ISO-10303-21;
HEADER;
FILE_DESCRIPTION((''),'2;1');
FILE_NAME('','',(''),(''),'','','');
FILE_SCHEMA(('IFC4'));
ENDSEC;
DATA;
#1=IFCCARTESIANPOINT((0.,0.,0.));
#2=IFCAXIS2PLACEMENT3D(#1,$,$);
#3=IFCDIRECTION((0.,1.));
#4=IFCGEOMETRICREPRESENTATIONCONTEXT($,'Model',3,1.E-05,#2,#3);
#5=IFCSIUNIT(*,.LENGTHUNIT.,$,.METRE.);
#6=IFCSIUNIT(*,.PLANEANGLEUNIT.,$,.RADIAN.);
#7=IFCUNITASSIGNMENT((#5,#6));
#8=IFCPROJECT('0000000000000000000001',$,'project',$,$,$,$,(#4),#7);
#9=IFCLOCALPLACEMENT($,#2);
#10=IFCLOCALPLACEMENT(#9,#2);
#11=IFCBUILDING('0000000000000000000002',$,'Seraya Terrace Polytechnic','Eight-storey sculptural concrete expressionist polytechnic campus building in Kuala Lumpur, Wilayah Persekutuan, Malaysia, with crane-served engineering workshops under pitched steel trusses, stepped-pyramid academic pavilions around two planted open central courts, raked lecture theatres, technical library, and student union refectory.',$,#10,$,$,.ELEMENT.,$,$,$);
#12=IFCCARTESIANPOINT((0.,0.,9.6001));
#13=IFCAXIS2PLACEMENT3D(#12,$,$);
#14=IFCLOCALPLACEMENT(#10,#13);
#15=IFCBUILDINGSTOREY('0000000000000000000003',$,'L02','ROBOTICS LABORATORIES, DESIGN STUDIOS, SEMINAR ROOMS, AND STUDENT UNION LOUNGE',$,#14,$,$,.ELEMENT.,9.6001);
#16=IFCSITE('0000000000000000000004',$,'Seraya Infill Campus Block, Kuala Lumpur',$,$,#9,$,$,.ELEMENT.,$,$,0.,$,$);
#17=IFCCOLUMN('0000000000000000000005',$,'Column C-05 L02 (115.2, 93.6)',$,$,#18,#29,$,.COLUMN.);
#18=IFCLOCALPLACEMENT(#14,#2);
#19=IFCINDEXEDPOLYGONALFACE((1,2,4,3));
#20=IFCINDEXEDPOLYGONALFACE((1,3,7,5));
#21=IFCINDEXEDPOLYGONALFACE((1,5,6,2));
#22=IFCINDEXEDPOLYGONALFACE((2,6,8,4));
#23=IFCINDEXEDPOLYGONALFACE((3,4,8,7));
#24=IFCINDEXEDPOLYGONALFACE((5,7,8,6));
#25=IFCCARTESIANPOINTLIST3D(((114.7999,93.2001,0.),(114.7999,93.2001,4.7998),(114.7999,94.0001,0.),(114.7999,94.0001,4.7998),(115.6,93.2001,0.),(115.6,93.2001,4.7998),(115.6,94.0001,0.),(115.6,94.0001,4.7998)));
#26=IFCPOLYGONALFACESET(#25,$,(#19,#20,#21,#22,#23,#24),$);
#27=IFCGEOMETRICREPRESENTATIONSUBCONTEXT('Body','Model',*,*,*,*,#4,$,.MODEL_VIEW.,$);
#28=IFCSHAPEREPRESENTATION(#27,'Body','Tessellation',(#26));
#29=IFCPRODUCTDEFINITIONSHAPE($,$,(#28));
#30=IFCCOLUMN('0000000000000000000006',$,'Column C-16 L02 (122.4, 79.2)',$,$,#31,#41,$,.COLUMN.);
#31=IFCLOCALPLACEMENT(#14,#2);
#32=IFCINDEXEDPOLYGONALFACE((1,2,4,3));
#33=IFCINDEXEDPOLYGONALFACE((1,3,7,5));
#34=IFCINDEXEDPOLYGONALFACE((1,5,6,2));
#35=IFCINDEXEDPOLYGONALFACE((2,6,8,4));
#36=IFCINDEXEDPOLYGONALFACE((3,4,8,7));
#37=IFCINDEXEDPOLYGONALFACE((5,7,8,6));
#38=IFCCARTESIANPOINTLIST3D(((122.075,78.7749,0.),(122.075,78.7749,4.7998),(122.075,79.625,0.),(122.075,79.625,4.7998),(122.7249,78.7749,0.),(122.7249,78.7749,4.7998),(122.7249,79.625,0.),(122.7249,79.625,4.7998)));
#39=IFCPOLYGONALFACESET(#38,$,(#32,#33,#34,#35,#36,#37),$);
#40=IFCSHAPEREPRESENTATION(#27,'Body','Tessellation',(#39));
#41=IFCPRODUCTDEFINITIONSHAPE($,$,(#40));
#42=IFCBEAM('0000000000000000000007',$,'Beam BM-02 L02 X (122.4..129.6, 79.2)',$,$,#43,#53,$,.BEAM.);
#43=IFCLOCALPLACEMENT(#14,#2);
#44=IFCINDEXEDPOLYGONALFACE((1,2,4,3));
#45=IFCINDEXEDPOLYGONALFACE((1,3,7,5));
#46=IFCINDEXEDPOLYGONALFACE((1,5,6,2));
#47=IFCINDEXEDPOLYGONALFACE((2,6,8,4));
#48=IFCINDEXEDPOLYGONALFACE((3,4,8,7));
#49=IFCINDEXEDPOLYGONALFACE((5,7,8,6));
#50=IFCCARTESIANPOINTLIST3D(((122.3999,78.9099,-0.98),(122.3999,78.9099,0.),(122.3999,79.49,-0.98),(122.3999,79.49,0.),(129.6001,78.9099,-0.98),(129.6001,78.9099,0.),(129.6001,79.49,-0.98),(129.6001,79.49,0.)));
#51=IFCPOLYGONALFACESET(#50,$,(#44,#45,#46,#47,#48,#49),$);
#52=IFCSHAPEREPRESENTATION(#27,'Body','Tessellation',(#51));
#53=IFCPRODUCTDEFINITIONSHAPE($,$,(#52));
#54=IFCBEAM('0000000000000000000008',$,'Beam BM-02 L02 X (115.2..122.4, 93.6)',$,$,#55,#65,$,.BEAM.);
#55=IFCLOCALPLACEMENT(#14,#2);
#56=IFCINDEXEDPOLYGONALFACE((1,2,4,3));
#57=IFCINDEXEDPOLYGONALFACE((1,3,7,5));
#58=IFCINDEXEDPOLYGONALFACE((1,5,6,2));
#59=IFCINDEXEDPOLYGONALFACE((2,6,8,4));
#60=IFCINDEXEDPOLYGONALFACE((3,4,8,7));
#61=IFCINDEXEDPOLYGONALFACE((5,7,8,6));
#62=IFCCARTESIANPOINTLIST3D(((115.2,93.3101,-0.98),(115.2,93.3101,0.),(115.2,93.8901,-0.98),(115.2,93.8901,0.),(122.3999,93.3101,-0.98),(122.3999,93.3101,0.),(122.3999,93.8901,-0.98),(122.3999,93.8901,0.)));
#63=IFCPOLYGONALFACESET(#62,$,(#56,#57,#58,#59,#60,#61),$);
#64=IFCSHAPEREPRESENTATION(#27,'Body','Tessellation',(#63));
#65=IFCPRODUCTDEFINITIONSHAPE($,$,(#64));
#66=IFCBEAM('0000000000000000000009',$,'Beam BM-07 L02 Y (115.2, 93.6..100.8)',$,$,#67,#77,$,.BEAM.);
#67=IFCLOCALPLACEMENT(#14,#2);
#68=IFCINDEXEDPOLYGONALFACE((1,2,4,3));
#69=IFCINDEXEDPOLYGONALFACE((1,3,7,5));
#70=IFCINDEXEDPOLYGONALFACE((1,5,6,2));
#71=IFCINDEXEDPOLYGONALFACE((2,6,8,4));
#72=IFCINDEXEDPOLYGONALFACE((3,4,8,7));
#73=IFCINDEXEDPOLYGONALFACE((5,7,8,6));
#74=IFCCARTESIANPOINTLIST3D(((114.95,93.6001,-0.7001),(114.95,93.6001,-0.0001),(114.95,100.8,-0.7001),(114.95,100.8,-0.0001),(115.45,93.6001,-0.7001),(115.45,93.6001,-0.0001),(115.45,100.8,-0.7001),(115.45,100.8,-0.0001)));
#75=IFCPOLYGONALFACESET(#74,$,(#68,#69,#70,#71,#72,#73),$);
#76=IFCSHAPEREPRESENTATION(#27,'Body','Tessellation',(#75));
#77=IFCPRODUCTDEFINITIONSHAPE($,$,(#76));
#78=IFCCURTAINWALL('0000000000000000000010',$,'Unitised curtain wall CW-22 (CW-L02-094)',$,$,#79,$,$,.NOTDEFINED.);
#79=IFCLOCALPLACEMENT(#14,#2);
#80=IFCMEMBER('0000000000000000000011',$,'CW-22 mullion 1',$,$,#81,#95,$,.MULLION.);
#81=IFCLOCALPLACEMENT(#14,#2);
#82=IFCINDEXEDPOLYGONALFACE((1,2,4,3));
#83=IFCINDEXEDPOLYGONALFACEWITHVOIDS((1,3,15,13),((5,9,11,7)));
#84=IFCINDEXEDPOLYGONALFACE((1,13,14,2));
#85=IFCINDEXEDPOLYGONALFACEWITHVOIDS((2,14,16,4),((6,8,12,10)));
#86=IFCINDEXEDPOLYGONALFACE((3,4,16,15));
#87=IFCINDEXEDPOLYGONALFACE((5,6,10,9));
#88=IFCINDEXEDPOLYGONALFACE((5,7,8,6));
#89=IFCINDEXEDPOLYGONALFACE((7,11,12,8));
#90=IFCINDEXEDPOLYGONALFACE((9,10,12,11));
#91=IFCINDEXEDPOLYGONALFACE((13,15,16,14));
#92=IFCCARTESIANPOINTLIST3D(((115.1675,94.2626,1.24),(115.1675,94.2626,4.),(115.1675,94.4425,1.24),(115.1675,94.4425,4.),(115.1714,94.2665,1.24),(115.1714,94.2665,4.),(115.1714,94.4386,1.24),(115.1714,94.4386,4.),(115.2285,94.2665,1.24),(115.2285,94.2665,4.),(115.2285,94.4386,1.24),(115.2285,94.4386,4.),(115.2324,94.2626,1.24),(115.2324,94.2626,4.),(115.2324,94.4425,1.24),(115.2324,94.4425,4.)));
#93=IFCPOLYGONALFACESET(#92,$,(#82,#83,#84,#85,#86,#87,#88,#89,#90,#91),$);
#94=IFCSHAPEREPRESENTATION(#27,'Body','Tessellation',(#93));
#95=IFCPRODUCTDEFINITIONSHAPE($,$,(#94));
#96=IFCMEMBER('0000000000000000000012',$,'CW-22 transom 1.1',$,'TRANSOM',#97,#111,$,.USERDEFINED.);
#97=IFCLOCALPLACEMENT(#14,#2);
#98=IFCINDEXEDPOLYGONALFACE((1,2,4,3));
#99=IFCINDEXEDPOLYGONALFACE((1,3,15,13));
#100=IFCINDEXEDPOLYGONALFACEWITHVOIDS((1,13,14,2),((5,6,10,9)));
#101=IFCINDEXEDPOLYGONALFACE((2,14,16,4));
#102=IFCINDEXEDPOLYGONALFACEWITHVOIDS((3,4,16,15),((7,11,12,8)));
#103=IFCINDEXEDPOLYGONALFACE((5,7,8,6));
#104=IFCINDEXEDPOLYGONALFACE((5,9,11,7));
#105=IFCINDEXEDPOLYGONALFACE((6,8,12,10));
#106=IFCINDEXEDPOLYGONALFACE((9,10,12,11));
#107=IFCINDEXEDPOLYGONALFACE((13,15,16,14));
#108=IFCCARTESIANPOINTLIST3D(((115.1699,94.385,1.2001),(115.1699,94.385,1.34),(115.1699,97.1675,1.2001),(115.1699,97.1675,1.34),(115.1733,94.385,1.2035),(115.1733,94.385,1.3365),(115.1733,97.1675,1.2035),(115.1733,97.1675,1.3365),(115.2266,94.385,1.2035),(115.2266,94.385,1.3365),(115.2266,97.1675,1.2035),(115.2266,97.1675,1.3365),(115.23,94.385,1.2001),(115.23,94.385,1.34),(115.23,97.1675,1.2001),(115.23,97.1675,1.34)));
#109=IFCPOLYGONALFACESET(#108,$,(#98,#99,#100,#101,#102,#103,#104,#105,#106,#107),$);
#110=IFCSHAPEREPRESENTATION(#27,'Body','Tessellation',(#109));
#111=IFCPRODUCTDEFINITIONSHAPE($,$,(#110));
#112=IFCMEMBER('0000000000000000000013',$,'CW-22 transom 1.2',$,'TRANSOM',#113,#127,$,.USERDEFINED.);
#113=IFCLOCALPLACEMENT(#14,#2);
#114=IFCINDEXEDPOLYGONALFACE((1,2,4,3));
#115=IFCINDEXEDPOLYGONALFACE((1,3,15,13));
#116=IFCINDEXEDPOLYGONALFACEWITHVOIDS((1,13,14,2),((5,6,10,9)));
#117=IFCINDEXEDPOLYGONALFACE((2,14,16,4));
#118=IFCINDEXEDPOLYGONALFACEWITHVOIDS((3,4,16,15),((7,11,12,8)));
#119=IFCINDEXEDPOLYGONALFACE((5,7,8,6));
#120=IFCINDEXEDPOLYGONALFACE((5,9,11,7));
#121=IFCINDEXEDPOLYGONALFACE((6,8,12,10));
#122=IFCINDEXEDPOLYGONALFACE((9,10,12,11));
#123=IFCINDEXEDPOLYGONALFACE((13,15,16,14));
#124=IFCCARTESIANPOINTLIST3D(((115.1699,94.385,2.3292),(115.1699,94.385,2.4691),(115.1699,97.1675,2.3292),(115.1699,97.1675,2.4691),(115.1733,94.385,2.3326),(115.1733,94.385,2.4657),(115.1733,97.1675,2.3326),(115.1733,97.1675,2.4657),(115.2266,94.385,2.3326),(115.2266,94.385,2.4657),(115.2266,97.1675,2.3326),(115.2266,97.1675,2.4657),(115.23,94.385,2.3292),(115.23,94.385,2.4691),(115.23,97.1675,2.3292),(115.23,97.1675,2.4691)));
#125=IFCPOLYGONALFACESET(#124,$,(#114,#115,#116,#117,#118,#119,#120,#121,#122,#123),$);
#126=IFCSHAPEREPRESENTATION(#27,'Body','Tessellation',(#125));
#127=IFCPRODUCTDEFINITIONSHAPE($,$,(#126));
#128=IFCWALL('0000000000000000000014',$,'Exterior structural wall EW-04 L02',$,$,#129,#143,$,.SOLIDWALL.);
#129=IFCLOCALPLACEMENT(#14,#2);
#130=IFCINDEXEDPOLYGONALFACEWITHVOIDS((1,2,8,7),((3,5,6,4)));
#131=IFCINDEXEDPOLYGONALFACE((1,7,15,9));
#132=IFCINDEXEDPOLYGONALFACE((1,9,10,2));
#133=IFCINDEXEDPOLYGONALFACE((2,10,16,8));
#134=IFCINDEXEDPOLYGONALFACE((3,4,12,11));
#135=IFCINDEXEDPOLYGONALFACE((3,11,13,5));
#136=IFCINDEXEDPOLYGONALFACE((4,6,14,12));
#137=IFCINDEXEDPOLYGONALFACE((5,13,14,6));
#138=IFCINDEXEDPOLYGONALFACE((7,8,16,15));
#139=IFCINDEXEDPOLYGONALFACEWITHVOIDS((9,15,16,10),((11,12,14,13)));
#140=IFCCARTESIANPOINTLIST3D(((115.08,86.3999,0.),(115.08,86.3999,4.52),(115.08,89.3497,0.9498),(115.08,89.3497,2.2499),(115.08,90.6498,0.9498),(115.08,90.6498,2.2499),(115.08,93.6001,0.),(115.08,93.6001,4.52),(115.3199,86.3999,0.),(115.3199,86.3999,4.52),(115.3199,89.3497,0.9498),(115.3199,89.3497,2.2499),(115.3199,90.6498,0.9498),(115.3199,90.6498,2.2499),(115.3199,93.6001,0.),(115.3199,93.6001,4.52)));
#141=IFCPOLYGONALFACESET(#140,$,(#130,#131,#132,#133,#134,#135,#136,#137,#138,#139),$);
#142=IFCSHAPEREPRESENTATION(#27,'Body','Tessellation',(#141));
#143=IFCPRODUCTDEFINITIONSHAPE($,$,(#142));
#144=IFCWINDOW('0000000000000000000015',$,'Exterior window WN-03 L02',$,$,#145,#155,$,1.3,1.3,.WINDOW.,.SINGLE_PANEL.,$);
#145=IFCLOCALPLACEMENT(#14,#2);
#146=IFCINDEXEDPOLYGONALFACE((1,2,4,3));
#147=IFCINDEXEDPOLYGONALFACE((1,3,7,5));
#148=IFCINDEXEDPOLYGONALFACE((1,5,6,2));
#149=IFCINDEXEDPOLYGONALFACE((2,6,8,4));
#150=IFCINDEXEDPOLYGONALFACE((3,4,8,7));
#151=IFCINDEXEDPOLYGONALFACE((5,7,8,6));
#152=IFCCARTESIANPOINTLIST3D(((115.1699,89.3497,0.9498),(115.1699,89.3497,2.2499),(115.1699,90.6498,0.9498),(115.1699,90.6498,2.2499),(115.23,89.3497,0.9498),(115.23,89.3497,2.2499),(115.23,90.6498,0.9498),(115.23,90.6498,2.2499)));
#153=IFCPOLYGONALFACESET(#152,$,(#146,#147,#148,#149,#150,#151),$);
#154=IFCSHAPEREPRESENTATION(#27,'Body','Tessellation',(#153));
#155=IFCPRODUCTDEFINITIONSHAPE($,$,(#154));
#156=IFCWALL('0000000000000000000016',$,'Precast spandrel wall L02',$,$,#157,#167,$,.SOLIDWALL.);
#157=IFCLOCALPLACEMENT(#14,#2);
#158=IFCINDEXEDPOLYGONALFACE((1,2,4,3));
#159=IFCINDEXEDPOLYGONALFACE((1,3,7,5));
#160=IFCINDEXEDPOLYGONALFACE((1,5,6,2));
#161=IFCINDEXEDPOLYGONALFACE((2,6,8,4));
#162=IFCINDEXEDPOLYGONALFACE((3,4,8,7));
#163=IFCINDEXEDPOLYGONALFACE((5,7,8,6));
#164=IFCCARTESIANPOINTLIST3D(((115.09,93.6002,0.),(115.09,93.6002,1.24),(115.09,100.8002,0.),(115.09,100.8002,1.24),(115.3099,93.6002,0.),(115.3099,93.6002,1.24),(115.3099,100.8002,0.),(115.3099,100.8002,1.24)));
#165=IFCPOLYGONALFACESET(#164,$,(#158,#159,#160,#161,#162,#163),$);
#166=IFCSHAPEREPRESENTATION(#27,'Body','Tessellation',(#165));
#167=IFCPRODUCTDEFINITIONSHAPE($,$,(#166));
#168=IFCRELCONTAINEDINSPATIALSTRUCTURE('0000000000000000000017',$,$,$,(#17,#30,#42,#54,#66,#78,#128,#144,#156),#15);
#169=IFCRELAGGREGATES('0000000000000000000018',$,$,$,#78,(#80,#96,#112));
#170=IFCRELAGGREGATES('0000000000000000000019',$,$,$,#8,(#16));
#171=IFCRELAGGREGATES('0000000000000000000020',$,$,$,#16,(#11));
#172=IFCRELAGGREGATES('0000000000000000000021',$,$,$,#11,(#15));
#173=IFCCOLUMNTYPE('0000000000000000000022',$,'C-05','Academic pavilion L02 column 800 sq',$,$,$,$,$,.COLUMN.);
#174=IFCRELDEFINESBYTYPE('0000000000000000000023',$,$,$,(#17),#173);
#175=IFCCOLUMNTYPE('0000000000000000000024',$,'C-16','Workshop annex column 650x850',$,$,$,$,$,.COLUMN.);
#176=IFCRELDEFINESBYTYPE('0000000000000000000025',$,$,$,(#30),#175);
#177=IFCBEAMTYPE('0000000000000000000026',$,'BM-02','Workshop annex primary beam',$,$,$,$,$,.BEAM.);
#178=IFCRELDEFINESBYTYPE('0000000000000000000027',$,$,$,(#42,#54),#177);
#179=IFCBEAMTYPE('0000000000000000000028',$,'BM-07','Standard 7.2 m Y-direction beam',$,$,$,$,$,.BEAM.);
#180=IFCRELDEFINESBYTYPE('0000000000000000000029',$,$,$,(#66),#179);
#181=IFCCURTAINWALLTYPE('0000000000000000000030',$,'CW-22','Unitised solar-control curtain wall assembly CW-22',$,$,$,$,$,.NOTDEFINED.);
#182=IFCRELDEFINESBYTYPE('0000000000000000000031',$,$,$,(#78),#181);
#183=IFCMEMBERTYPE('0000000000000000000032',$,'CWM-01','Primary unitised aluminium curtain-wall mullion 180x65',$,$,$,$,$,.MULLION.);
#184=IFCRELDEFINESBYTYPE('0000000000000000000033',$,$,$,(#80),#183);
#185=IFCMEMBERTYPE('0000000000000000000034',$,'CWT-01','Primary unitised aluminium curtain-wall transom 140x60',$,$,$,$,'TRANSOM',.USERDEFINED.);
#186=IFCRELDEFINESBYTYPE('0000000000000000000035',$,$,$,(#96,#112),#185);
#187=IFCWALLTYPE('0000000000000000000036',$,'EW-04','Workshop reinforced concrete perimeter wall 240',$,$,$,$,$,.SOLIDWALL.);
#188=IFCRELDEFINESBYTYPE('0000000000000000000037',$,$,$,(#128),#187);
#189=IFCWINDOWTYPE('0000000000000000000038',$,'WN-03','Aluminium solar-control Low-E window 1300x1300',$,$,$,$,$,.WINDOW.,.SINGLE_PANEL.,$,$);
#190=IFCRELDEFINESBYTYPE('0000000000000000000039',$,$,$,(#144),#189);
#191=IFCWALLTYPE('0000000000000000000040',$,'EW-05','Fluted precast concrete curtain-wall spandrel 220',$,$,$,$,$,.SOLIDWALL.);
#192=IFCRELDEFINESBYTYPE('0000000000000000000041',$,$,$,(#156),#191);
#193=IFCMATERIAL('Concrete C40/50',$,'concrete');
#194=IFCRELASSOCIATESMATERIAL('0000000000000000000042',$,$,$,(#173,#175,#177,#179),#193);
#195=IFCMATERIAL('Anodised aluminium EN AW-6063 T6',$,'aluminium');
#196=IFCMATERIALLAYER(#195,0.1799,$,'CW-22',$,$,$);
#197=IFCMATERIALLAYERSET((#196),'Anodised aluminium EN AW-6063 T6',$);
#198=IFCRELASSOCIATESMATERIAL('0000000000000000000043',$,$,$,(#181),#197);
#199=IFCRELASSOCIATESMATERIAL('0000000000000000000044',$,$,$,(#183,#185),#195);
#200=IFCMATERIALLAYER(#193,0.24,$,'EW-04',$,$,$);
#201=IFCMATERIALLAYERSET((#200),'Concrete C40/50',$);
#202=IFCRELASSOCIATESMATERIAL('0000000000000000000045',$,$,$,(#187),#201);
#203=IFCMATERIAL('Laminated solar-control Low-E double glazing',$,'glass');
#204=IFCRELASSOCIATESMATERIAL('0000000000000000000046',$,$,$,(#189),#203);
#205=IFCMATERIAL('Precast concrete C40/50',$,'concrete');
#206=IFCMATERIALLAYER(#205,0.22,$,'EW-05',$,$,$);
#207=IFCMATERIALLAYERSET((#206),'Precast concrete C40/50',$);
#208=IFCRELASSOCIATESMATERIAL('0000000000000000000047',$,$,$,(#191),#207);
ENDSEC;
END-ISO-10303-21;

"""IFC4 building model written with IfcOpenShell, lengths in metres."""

from ifc_helpers import new_model, si_unit, direction, frame, frame_2d, origin, origin_2d, place, context, subcontext, project, spatial, rectangle, hollow_rectangle, extrude, material, layer, layer_set, material_profile, profile_set, type_object, element, fill, aggregate, save


model = new_model("IFC4")

# Units and contexts
model_context = context("Model", 3, precision=1e-05, world=origin(), true_north=direction((0.0, 1.0)))
body_context = subcontext(model_context, "Body", "Model", "MODEL_VIEW")
ifc_project = project(units=[si_unit("LENGTHUNIT", "METRE"), si_unit("PLANEANGLEUNIT", "RADIAN")], contexts=[model_context])

# Site, building, storey
site_placement = place(None, origin())
site = spatial("IfcSite", under=ifc_project, at=site_placement, Name="Seraya Infill Campus Block, Kuala Lumpur", CompositionType="ELEMENT", RefElevation=0.0)
building_placement = place(site_placement, origin())
building = spatial("IfcBuilding", under=site, at=building_placement, Name="Seraya Terrace Polytechnic", Description="Eight-storey sculptural concrete expressionist polytechnic campus building in Kuala Lumpur, Wilayah Persekutuan, Malaysia, with crane-served engineering workshops under pitched steel trusses, stepped-pyramid academic pavilions around two planted open central courts, raked lecture theatres, technical library, and student union refectory.", CompositionType="ELEMENT")
storey_placement = place(building_placement, frame((0.0, 0.0, 9.6001)))
storey = spatial("IfcBuildingStorey", under=building, at=storey_placement, Name="L02", Description="ROBOTICS LABORATORIES, DESIGN STUDIOS, SEMINAR ROOMS, AND STUDENT UNION LOUNGE", CompositionType="ELEMENT", Elevation=9.6001)

# Columns
ifc_material_1 = material(Name="Concrete C40/50", Category="concrete")
ifc_material_profile_1 = material_profile(ifc_material_1, rectangle(XDim=0.8, YDim=0.8, at=origin_2d()), Name="RC 800x800")
ifc_profile_set_1 = profile_set([ifc_material_profile_1], Name="Concrete C40/50")
column_type_1 = type_object("IfcColumnType", Name="C-05", Description="Academic pavilion L02 column 800 sq", PredefinedType="COLUMN", material=ifc_profile_set_1)
column_1_placement = place(storey_placement, frame((115.2, 93.6001, 0.0), z_axis=(0.0, 0.0, 1.0), x_axis=(1.0, 0.0, 0.0)))
element("IfcColumn", 1, at=column_1_placement, inside=storey, type_object=column_type_1, Name="Column C-05 L02 (115.2, 93.6)", PredefinedType="COLUMN", context=body_context, shape_type="SweptSolid", body=[
    extrude(rectangle(XDim=0.8, YDim=0.8, at=origin_2d()), origin(), (0.0, 0.0, 1.0), 4.7998),
])
ifc_material_profile_2 = material_profile(ifc_material_1, rectangle(XDim=0.6499, YDim=0.8501, at=origin_2d()), Name="RC 650x850")
ifc_profile_set_2 = profile_set([ifc_material_profile_2], Name="Concrete C40/50")
column_type_2 = type_object("IfcColumnType", Name="C-16", Description="Workshop annex column 650x850", PredefinedType="COLUMN", material=ifc_profile_set_2)
column_2_placement = place(storey_placement, frame((122.3999, 79.2, 0.0), z_axis=(0.0, 0.0, 1.0), x_axis=(1.0, 0.0, 0.0)))
element("IfcColumn", 2, at=column_2_placement, inside=storey, type_object=column_type_2, Name="Column C-16 L02 (122.4, 79.2)", PredefinedType="COLUMN", context=body_context, shape_type="SweptSolid", body=[
    extrude(rectangle(XDim=0.6499, YDim=0.8501, at=origin_2d()), origin(), (0.0, 0.0, 1.0), 4.7998),
])

# Beams
ifc_material_profile_3 = material_profile(ifc_material_1, rectangle(XDim=0.5801, YDim=0.98, at=origin_2d()), Name="RC 580x980")
ifc_profile_set_3 = profile_set([ifc_material_profile_3], Name="Concrete C40/50")
beam_type_1 = type_object("IfcBeamType", Name="BM-02", Description="Workshop annex primary beam", PredefinedType="BEAM", material=ifc_profile_set_3)
beam_1_placement = place(storey_placement, frame((122.3999, 79.2, -0.49), z_axis=(1.0, 0.0, 0.0), x_axis=(0.0, 1.0, 0.0)))
element("IfcBeam", 3, at=beam_1_placement, inside=storey, type_object=beam_type_1, Name="Beam BM-02 L02 X (122.4..129.6, 79.2)", PredefinedType="BEAM", context=body_context, shape_type="SweptSolid", body=[
    extrude(rectangle(XDim=0.5801, YDim=0.98, at=origin_2d()), origin(), (0.0, 0.0, 1.0), 7.2002),
])
beam_2_placement = place(storey_placement, frame((115.2, 93.6001, -0.49), z_axis=(1.0, 0.0, 0.0), x_axis=(0.0, 1.0, 0.0)))
element("IfcBeam", 4, at=beam_2_placement, inside=storey, type_object=beam_type_1, Name="Beam BM-02 L02 X (115.2..122.4, 93.6)", PredefinedType="BEAM", context=body_context, shape_type="SweptSolid", body=[
    extrude(rectangle(XDim=0.5801, YDim=0.98, at=origin_2d()), origin(), (0.0, 0.0, 1.0), 7.2),
])
ifc_material_profile_4 = material_profile(ifc_material_1, rectangle(XDim=0.5, YDim=0.7, at=origin_2d()), Name="RC 500x700")
ifc_profile_set_4 = profile_set([ifc_material_profile_4], Name="Concrete C40/50")
beam_type_2 = type_object("IfcBeamType", Name="BM-07", Description="Standard 7.2 m Y-direction beam", PredefinedType="BEAM", material=ifc_profile_set_4)
beam_3_placement = place(storey_placement, frame((115.2, 93.6001, -0.3501), z_axis=(0.0, 1.0, 0.0), x_axis=(-1.0, 0.0, 0.0)))
element("IfcBeam", 5, at=beam_3_placement, inside=storey, type_object=beam_type_2, Name="Beam BM-07 L02 Y (115.2, 93.6..100.8)", PredefinedType="BEAM", context=body_context, shape_type="SweptSolid", body=[
    extrude(rectangle(XDim=0.5, YDim=0.7, at=origin_2d()), origin(), (0.0, 0.0, 1.0), 7.2),
])

# Curtain wall, members
ifc_material_2 = material(Name="Anodised aluminium EN AW-6063 T6", Category="aluminium")
ifc_layer_1 = layer(ifc_material_2, 0.1799, Name="CW-22")
ifc_layer_set_1 = layer_set([ifc_layer_1], Name="Anodised aluminium EN AW-6063 T6")
curtain_wall_type = type_object("IfcCurtainWallType", Name="CW-22", Description="Unitised solar-control curtain wall assembly CW-22", PredefinedType="NOTDEFINED", material=ifc_layer_set_1)
curtain_wall_placement = place(storey_placement, origin())
curtain_wall = element("IfcCurtainWall", 6, at=curtain_wall_placement, inside=storey, type_object=curtain_wall_type, Name="Unitised curtain wall CW-22 (CW-L02-094)", PredefinedType="NOTDEFINED")
ifc_material_profile_5 = material_profile(ifc_material_2, hollow_rectangle(XDim=0.0649, YDim=0.1799, WallThickness=0.0039, at=origin_2d()), Name="RHS 180x65x4.0")
ifc_profile_set_5 = profile_set([ifc_material_profile_5], Name="Anodised aluminium EN AW-6063 T6")
member_type_1 = type_object("IfcMemberType", Name="CWM-01", Description="Primary unitised aluminium curtain-wall mullion 180x65", PredefinedType="MULLION", material=ifc_profile_set_5)
member_1_placement = place(storey_placement, frame((115.2, 94.3525, 1.24), z_axis=(0.0, 0.0, 1.0), x_axis=(-1.0, 0.0, 0.0)))
member_1 = element("IfcMember", 7, at=member_1_placement, type_object=member_type_1, Name="CW-22 mullion 1", PredefinedType="MULLION", context=body_context, shape_type="SweptSolid", body=[
    extrude(hollow_rectangle(XDim=0.0649, YDim=0.1799, WallThickness=0.0039, at=origin_2d()), origin(), (0.0, 0.0, 1.0), 2.76),
])
ifc_material_profile_6 = material_profile(ifc_material_2, hollow_rectangle(XDim=0.0601, YDim=0.1399, WallThickness=0.0034, at=origin_2d()), Name="RHS 140x60x3.5")
ifc_profile_set_6 = profile_set([ifc_material_profile_6], Name="Anodised aluminium EN AW-6063 T6")
member_type_2 = type_object("IfcMemberType", Name="CWT-01", Description="Primary unitised aluminium curtain-wall transom 140x60", ElementType="TRANSOM", PredefinedType="USERDEFINED", material=ifc_profile_set_6)
member_2_placement = place(storey_placement, frame((115.2, 94.385, 1.27), z_axis=(0.0, 1.0, 0.0), x_axis=(-1.0, 0.0, 0.0)))
member_2 = element("IfcMember", 8, at=member_2_placement, type_object=member_type_2, Name="CW-22 transom 1.1", ObjectType="TRANSOM", PredefinedType="USERDEFINED", context=body_context, shape_type="SweptSolid", body=[
    extrude(hollow_rectangle(XDim=0.0601, YDim=0.1399, WallThickness=0.0034, at=origin_2d()), origin(), (0.0, 0.0, 1.0), 2.7825),
])
member_3_placement = place(storey_placement, frame((115.2, 94.385, 2.3992), z_axis=(0.0, 1.0, 0.0), x_axis=(-1.0, 0.0, 0.0)))
member_3 = element("IfcMember", 9, at=member_3_placement, type_object=member_type_2, Name="CW-22 transom 1.2", ObjectType="TRANSOM", PredefinedType="USERDEFINED", context=body_context, shape_type="SweptSolid", body=[
    extrude(hollow_rectangle(XDim=0.0601, YDim=0.1399, WallThickness=0.0034, at=origin_2d()), origin(), (0.0, 0.0, 1.0), 2.7825),
])
aggregate(curtain_wall, [member_1, member_2, member_3])

# Wall, opening, window
ifc_layer_2 = layer(ifc_material_1, 0.24, Name="EW-04")
ifc_layer_set_2 = layer_set([ifc_layer_2], Name="Concrete C40/50")
wall_type_1 = type_object("IfcWallType", Name="EW-04", Description="Workshop reinforced concrete perimeter wall 240", PredefinedType="SOLIDWALL", material=ifc_layer_set_2)
wall_1_placement = place(storey_placement, frame((115.2, 86.3999, 0.0), z_axis=(0.0, 0.0, 1.0), x_axis=(0.0, 1.0, 0.0)))
wall_1 = element("IfcWall", 10, at=wall_1_placement, inside=storey, type_object=wall_type_1, Name="Exterior structural wall EW-04 L02", PredefinedType="SOLIDWALL", context=body_context, shape_type="SweptSolid", body=[
    extrude(rectangle(XDim=7.2002, YDim=0.24, at=frame_2d((3.6001, 0.0))), origin(), (0.0, 0.0, 1.0), 4.52),
])
opening_1_placement = place(wall_1_placement, frame((2.95, 0.0, 0.95)))
opening_1 = element("IfcOpeningElement", 11, at=opening_1_placement, cuts=wall_1, PredefinedType="OPENING", context=body_context, shape_type="SweptSolid", body=[
    extrude(rectangle(XDim=1.3, YDim=1.3, at=frame_2d((0.6499, 0.6499))), frame((0.0, 0.1318, 0.0), z_axis=(0.0, -1.0, 0.0), x_axis=(1.0, 0.0, 0.0)), (0.0, 0.0, 1.0), 0.2639),
])
ifc_material_3 = material(Name="Laminated solar-control Low-E double glazing", Category="glass")
window_type_1 = type_object("IfcWindowType", Name="WN-03", Description="Aluminium solar-control Low-E window 1300x1300", PartitioningType="SINGLE_PANEL", PredefinedType="WINDOW", material=ifc_material_3)
window_1_placement = place(opening_1_placement, origin())
window_1 = element("IfcWindow", 12, at=window_1_placement, inside=storey, type_object=window_type_1, Name="Exterior window WN-03 L02", OverallHeight=1.3, OverallWidth=1.3, PartitioningType="SINGLE_PANEL", PredefinedType="WINDOW", context=body_context, shape_type="SweptSolid", body=[
    extrude(rectangle(XDim=1.3, YDim=1.3, at=frame_2d((0.6499, 0.6499))), frame((0.0, 0.03, 0.0), z_axis=(0.0, -1.0, 0.0), x_axis=(1.0, 0.0, 0.0)), (0.0, 0.0, 1.0), 0.0601),
])
fill(opening_1, window_1)

# Wall
ifc_material_4 = material(Name="Precast concrete C40/50", Category="concrete")
ifc_layer_3 = layer(ifc_material_4, 0.22, Name="EW-05")
ifc_layer_set_3 = layer_set([ifc_layer_3], Name="Precast concrete C40/50")
wall_type_2 = type_object("IfcWallType", Name="EW-05", Description="Fluted precast concrete curtain-wall spandrel 220", PredefinedType="SOLIDWALL", material=ifc_layer_set_3)
wall_2_placement = place(storey_placement, frame((115.2, 93.6001, 0.0), z_axis=(0.0, 0.0, 1.0), x_axis=(0.0, 1.0, 0.0)))
element("IfcWall", 13, at=wall_2_placement, inside=storey, type_object=wall_type_2, Name="Precast spandrel wall L02", PredefinedType="SOLIDWALL", context=body_context, shape_type="SweptSolid", body=[
    extrude(rectangle(XDim=7.2, YDim=0.22, at=frame_2d((3.6001, 0.0))), origin(), (0.0, 0.0, 1.0), 1.24),
])

save(model, "model.ifc")
